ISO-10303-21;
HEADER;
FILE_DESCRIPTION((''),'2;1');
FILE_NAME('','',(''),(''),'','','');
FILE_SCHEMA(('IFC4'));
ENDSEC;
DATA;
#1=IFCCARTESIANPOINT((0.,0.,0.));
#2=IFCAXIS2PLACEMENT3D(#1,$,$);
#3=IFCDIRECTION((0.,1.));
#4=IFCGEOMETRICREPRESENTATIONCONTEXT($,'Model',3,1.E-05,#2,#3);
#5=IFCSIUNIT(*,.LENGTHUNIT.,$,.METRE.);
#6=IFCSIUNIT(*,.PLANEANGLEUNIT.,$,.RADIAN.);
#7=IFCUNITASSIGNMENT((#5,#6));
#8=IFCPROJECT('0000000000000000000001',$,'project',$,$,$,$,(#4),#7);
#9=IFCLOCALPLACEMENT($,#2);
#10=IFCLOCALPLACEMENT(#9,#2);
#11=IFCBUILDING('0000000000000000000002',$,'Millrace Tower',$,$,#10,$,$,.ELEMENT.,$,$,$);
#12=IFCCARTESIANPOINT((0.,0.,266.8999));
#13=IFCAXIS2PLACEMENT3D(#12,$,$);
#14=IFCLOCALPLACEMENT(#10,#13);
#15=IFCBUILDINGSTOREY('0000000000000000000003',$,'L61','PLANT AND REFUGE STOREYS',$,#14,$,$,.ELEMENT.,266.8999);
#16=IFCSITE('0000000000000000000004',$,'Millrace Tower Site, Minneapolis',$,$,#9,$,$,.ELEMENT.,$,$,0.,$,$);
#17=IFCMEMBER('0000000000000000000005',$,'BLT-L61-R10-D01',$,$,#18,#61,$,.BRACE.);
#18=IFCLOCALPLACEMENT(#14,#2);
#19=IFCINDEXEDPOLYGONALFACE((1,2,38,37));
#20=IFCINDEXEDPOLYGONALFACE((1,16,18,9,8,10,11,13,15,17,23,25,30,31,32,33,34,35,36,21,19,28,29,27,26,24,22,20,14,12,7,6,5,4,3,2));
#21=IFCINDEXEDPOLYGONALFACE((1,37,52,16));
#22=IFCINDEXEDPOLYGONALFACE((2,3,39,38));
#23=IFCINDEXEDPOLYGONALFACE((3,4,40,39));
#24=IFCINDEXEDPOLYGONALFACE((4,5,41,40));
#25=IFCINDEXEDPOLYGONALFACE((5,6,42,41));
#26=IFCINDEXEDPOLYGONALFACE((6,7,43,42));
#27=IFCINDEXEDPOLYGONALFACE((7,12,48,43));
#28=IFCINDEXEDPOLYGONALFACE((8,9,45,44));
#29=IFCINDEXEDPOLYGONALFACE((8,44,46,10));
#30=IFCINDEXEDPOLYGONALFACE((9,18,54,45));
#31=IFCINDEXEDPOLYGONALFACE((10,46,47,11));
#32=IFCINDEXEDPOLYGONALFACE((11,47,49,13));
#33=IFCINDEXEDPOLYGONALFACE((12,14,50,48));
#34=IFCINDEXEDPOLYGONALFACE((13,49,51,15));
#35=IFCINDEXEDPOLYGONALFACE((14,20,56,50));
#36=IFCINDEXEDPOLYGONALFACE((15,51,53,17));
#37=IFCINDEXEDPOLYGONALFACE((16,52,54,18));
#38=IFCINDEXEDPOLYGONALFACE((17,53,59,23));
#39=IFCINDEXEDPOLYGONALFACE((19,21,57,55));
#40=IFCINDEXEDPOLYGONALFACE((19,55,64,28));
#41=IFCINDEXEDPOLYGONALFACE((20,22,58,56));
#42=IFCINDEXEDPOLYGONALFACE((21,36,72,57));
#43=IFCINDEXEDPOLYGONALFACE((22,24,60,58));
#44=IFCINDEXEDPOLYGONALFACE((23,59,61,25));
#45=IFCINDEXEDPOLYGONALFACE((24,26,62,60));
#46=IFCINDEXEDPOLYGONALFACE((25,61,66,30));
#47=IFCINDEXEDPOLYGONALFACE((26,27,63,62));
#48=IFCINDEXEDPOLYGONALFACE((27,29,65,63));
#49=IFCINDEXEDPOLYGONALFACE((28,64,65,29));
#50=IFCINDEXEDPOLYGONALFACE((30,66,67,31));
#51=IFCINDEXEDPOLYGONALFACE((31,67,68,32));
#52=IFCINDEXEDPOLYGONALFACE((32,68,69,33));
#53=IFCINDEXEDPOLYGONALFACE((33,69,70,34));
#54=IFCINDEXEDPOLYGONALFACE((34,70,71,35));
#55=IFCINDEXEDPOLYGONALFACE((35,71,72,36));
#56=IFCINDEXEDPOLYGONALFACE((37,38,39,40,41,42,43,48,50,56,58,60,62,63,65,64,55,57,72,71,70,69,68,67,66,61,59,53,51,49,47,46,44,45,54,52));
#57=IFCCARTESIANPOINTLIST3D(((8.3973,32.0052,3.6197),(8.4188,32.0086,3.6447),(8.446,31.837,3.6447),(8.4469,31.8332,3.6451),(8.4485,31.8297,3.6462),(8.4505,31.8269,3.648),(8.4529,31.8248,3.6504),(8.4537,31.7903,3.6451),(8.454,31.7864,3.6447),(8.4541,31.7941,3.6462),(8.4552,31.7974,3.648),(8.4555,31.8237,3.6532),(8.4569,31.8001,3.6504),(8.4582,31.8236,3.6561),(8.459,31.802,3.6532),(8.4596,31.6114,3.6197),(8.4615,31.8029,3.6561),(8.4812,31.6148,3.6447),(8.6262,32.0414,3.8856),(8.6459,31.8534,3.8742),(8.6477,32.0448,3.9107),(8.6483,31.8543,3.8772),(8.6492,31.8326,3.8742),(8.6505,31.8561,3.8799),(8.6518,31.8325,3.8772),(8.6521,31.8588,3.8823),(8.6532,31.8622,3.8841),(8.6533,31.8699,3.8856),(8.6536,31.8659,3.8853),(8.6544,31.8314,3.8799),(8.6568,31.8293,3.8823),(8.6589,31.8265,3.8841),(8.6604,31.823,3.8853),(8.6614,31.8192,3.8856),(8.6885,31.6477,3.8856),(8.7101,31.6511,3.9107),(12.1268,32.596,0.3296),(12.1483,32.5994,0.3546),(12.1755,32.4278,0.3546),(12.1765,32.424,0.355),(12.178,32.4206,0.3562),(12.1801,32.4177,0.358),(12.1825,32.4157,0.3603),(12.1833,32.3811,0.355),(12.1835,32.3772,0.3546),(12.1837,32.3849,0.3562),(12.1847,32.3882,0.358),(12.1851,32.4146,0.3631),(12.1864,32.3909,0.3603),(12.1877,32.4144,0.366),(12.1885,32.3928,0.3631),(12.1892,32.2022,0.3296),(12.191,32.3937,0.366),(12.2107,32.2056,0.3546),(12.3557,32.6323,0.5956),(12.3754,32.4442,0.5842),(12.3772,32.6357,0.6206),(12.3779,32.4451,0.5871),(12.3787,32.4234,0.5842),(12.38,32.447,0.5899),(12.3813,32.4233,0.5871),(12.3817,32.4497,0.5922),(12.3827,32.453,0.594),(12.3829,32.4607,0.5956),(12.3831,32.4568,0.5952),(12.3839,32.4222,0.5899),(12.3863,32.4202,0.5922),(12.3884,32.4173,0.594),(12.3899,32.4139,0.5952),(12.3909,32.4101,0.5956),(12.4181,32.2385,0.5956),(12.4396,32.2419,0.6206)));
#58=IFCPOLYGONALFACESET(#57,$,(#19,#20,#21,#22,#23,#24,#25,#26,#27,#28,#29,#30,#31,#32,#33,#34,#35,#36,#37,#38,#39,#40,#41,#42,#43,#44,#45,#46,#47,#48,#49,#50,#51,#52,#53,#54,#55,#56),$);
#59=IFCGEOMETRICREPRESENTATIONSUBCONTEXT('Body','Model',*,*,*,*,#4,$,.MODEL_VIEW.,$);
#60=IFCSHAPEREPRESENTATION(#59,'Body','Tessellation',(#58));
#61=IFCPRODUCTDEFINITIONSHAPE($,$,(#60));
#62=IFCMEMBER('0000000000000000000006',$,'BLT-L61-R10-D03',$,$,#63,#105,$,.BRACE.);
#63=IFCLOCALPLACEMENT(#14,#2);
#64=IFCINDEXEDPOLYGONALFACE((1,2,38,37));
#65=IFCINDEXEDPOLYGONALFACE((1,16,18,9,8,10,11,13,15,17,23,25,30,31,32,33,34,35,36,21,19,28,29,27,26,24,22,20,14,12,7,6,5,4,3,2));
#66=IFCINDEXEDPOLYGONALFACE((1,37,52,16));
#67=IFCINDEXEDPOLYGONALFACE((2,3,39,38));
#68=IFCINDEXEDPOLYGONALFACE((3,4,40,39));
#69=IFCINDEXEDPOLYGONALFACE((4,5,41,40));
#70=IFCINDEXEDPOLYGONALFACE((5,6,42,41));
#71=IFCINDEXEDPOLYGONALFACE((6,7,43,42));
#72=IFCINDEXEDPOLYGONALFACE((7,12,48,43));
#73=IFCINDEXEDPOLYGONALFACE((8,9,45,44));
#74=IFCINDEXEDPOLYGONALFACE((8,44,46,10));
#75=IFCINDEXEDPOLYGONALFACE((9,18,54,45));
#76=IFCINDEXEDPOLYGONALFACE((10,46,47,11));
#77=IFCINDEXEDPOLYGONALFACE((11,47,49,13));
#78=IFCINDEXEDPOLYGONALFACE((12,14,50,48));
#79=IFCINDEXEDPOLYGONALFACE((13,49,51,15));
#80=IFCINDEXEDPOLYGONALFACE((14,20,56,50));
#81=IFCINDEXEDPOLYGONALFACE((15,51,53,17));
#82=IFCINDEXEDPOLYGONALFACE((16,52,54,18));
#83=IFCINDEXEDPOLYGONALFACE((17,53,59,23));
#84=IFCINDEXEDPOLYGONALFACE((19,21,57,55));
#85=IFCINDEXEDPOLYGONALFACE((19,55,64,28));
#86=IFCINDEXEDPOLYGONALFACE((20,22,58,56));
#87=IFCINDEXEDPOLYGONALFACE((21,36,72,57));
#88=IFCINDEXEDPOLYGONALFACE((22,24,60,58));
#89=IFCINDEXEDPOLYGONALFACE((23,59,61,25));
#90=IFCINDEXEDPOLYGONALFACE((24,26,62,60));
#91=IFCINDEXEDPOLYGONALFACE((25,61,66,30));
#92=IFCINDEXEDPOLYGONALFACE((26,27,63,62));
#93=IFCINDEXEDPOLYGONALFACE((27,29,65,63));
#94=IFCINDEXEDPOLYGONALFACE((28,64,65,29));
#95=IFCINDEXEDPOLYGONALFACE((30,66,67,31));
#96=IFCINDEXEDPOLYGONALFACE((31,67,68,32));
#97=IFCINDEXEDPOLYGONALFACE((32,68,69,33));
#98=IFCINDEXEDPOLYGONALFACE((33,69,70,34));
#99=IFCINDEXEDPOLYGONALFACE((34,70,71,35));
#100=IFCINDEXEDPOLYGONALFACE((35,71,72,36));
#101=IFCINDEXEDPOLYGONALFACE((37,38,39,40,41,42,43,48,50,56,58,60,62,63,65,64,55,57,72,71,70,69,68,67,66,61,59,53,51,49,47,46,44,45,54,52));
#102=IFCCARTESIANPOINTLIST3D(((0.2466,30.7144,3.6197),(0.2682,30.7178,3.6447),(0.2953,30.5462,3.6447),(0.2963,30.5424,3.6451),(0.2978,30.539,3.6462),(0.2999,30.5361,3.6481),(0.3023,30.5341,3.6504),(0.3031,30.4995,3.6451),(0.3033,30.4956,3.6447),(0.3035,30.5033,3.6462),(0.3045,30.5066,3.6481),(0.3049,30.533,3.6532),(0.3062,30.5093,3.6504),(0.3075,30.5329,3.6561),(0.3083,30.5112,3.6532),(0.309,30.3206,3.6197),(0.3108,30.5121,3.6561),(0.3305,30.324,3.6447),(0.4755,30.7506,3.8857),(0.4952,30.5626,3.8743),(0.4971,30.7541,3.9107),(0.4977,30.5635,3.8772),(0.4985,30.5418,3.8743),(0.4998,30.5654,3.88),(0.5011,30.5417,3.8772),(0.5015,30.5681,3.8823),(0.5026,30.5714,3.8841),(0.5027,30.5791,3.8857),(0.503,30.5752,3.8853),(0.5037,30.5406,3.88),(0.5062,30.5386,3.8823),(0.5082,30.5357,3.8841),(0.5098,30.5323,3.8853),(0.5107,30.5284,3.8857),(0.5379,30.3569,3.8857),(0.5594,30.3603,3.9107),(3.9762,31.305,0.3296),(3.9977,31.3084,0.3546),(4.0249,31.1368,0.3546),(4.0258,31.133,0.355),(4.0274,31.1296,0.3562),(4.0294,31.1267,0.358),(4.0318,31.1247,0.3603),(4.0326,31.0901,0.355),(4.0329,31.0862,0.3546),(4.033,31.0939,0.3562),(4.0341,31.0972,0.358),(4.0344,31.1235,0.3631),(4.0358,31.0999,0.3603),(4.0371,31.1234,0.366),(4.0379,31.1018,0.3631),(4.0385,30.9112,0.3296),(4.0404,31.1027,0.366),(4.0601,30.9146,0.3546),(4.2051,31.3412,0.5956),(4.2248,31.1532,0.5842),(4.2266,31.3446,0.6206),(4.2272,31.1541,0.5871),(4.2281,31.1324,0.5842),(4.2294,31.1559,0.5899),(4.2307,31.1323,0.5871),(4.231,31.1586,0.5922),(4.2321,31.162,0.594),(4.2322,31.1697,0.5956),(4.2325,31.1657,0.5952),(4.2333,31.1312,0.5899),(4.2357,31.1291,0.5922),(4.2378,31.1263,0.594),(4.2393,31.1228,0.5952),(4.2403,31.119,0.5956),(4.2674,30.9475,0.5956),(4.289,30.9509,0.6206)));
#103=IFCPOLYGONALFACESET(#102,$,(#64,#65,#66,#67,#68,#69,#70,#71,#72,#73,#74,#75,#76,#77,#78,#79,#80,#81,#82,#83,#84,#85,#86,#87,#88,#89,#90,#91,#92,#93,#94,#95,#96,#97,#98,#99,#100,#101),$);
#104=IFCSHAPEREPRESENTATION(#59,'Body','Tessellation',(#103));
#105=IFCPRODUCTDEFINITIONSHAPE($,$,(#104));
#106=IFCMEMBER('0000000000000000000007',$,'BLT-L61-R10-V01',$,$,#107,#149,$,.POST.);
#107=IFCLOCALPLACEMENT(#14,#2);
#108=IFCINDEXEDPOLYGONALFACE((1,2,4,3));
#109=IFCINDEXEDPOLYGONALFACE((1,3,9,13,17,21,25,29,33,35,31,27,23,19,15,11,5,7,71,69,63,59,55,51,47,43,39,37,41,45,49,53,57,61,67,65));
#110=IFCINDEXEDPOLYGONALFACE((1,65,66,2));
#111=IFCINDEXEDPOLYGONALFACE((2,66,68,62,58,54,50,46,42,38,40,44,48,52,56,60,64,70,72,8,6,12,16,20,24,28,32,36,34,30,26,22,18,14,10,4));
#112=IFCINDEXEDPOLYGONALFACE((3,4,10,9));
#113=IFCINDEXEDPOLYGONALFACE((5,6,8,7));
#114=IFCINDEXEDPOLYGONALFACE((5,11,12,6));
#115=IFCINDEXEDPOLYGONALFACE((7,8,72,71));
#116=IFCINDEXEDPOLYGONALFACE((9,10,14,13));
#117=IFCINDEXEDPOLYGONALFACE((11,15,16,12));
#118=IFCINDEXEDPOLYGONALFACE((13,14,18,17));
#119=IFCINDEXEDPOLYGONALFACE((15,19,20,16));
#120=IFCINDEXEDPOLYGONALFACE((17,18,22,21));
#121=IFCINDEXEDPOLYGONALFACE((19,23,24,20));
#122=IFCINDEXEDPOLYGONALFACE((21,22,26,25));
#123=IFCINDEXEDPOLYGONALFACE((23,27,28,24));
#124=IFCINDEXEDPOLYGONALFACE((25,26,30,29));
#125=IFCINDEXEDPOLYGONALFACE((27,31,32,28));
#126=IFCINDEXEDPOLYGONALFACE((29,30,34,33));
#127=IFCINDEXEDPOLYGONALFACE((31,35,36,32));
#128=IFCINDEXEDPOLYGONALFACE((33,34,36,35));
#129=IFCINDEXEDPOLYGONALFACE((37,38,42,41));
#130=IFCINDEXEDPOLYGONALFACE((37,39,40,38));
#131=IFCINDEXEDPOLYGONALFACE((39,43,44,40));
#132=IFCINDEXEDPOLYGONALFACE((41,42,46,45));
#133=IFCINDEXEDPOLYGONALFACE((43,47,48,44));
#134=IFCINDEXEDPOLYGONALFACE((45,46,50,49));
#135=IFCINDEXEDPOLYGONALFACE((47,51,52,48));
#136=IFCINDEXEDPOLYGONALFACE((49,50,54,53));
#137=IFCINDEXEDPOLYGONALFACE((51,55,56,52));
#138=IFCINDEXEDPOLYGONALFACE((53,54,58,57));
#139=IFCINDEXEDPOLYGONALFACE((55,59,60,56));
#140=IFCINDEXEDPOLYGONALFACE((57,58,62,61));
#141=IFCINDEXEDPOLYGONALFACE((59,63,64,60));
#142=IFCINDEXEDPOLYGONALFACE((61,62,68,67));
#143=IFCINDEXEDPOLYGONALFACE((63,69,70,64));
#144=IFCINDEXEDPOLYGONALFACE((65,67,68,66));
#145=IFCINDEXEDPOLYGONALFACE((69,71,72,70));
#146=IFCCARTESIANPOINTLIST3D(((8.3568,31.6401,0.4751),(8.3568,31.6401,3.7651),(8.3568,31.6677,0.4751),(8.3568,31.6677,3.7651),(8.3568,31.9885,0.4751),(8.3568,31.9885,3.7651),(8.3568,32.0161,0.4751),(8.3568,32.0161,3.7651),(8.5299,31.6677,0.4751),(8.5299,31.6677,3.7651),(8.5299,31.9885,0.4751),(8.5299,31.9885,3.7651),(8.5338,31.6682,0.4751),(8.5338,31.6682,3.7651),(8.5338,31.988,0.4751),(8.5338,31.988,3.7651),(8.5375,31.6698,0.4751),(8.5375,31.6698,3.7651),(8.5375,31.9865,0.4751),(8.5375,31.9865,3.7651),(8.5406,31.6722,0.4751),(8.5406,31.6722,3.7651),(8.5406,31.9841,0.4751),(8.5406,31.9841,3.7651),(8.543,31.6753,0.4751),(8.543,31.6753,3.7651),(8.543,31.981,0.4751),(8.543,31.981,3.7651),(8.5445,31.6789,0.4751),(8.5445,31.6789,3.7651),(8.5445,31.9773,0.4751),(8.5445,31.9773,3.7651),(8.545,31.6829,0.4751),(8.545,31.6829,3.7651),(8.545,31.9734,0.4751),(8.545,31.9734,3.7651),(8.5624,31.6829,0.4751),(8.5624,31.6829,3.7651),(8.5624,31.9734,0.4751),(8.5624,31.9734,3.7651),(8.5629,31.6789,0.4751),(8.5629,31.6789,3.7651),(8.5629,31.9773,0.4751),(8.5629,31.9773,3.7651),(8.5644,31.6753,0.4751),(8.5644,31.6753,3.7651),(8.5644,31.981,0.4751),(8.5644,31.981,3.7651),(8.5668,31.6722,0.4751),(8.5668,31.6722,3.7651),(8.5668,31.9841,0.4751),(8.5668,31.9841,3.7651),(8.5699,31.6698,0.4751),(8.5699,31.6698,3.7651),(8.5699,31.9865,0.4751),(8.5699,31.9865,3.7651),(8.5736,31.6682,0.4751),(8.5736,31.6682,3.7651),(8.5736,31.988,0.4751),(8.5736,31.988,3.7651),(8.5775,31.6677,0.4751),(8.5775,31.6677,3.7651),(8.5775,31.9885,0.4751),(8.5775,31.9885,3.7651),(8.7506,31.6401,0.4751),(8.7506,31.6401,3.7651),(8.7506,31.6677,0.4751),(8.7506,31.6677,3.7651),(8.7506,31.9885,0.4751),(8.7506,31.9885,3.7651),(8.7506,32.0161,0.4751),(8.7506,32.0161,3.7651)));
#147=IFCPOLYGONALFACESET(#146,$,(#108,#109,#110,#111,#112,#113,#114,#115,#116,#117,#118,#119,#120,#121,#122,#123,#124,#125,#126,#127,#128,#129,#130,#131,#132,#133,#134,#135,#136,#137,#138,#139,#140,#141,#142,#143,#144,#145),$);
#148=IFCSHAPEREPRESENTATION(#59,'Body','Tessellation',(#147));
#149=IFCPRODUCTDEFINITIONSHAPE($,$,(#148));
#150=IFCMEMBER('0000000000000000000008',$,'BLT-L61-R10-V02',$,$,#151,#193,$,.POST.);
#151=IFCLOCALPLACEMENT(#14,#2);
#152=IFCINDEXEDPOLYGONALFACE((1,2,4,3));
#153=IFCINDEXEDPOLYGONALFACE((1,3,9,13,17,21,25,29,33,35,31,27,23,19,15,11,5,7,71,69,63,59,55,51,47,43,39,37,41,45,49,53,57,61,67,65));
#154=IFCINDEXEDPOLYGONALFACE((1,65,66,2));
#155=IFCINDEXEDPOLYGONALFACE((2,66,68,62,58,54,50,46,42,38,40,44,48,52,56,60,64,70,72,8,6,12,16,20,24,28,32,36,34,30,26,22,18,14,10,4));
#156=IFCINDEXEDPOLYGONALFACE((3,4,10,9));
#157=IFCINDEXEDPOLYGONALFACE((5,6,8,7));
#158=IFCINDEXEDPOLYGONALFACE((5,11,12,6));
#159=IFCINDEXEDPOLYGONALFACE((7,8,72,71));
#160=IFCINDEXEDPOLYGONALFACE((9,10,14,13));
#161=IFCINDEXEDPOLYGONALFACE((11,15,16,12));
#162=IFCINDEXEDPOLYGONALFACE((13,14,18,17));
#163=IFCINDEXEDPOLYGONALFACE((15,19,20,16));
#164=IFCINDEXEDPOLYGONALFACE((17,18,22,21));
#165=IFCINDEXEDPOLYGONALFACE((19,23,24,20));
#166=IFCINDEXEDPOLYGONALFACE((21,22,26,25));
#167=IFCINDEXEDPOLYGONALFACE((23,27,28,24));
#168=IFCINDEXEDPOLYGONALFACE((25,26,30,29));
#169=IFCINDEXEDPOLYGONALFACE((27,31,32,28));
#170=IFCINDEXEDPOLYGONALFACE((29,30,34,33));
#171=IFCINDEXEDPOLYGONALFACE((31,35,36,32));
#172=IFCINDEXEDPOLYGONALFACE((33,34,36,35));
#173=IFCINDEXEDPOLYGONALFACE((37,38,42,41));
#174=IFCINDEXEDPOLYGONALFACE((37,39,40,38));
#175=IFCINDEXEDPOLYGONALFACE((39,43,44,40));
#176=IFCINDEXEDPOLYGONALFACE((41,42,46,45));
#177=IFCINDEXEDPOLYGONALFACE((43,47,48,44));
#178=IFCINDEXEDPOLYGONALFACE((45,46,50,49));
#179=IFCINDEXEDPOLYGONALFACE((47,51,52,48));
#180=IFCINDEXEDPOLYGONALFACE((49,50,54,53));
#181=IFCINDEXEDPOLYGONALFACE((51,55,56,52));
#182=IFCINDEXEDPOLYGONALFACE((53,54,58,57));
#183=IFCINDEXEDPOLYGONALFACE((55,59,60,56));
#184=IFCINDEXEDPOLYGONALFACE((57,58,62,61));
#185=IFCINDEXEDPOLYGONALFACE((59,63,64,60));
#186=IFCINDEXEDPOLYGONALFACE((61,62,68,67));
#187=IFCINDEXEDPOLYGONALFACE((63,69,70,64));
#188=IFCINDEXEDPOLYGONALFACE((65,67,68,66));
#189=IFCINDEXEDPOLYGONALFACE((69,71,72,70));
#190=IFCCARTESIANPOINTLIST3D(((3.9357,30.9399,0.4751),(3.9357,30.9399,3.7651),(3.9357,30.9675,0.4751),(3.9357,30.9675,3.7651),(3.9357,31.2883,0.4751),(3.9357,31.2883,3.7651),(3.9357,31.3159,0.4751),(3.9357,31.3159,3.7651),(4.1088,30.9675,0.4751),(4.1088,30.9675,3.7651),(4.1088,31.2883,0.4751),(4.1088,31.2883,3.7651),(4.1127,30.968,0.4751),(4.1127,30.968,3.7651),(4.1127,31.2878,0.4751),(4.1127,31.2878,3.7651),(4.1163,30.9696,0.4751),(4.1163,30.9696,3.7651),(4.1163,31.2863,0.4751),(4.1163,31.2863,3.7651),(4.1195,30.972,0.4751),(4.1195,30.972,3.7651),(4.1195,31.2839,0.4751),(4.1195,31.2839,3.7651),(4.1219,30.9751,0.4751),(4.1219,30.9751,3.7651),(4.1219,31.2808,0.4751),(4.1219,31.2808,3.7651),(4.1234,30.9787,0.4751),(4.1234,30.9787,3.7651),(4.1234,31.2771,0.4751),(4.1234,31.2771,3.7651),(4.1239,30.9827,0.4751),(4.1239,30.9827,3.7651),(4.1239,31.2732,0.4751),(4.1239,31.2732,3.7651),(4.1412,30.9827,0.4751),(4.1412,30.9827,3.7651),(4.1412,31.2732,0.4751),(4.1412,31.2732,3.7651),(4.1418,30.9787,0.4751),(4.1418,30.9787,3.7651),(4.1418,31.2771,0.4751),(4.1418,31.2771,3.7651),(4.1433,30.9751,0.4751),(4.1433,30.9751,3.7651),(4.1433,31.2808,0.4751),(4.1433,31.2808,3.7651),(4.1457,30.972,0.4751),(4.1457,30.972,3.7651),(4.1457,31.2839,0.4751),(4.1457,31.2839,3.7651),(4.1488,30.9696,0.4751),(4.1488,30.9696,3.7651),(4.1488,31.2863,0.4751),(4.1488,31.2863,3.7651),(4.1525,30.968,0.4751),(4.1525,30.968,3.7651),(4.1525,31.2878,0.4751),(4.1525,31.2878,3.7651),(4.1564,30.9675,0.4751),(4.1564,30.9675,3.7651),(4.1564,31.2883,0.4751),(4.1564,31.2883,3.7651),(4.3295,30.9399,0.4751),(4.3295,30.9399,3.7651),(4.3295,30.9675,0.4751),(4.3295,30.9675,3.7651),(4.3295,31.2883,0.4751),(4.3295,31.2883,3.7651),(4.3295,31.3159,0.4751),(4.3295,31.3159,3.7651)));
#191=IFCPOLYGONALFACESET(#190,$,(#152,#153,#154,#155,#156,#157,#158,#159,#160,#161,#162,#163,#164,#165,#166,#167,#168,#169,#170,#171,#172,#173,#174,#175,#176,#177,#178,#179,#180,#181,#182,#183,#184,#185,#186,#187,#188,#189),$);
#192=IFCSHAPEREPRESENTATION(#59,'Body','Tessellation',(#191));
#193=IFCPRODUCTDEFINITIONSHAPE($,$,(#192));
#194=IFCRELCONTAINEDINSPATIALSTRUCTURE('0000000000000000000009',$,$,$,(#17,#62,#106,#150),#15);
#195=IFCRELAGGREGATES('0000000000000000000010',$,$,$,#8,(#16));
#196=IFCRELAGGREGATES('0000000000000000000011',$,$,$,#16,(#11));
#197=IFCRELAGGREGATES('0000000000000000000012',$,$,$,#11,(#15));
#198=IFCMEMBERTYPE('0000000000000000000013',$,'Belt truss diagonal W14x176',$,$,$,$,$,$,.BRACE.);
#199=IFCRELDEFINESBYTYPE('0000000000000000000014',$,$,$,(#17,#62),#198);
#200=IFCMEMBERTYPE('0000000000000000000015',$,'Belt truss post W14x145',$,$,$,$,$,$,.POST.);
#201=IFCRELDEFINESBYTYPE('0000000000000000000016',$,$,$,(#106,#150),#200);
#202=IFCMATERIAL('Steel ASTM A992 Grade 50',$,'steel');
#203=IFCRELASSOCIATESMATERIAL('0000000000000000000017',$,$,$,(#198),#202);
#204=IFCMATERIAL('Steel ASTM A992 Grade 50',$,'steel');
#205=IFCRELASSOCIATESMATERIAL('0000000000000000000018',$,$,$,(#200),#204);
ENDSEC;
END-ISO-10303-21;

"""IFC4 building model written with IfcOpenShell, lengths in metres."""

from ifc_helpers import new_model, si_unit, direction, frame, origin, origin_2d, place, context, subcontext, project, spatial, i_section, extrude, material, material_profile, profile_set, type_object, element, save


model = new_model("IFC4")

# Units and contexts
model_context = context("Model", 3, precision=1e-05, world=origin(), true_north=direction((0.0, 1.0)))
body_context = subcontext(model_context, "Body", "Model", "MODEL_VIEW")
ifc_project = project(units=[si_unit("LENGTHUNIT", "METRE"), si_unit("PLANEANGLEUNIT", "RADIAN")], contexts=[model_context])

# Site, building, storey
site_placement = place(None, origin())
site = spatial("IfcSite", under=ifc_project, at=site_placement, Name="Millrace Tower Site, Minneapolis", CompositionType="ELEMENT", RefElevation=0.0)
building_placement = place(site_placement, origin())
building = spatial("IfcBuilding", under=site, at=building_placement, Name="Millrace Tower", CompositionType="ELEMENT")
storey_placement = place(building_placement, frame((0.0, 0.0, 266.8999)))
storey = spatial("IfcBuildingStorey", under=building, at=storey_placement, Name="L61", Description="PLANT AND REFUGE STOREYS", CompositionType="ELEMENT", Elevation=266.8999)

# Members
ifc_material_1 = material(Name="Steel ASTM A992 Grade 50", Category="steel")
ifc_material_profile_1 = material_profile(ifc_material_1, i_section(OverallWidth=0.3987, OverallDepth=0.386, WebThickness=0.021, FlangeThickness=0.0332, FilletRadius=0.0151, at=origin_2d()))
ifc_profile_set_1 = profile_set([ifc_material_profile_1], Name="Steel ASTM A992 Grade 50")
member_type_1 = type_object("IfcMemberType", Name="Belt truss diagonal W14x176", PredefinedType="BRACE", material=ifc_profile_set_1)
for number, where, z_axis, x_axis, name in (
    (1, (12.2832, 32.4189, 0.4751), (-0.74467, -0.117969, 0.656924), (0.156467, -0.987683, 0.0), "BLT-L61-R10-D01"),
    (2, (4.1326, 31.1279, 0.4751), (-0.744674, -0.117921, 0.656928), (0.156404, -0.987693, 0.0), "BLT-L61-R10-D03"),
):
    element("IfcMember", number, at=place(storey_placement, frame(where, z_axis=z_axis, x_axis=x_axis)), inside=storey, type_object=member_type_1, Name=name, PredefinedType="BRACE", context=body_context, shape_type="SweptSolid", body=[
        extrude(i_section(OverallWidth=0.3987, OverallDepth=0.386, WebThickness=0.021, FlangeThickness=0.0332, FilletRadius=0.0151, at=origin_2d()), origin(), (0.0, 0.0, 1.0), 5.0083),
    ])
ifc_material_2 = material(Name="Steel ASTM A992 Grade 50", Category="steel")
ifc_material_profile_2 = material_profile(ifc_material_2, i_section(OverallWidth=0.3938, OverallDepth=0.376, WebThickness=0.0173, FlangeThickness=0.0276, FilletRadius=0.0151, at=origin_2d()))
ifc_profile_set_2 = profile_set([ifc_material_profile_2], Name="Steel ASTM A992 Grade 50")
member_type_2 = type_object("IfcMemberType", Name="Belt truss post W14x145", PredefinedType="POST", material=ifc_profile_set_2)
for number, where, z_axis, x_axis, name in (
    (3, (8.5537, 31.8281, 0.4751), (0.0, 0.0, 1.0), (1.0, 0.0, 0.0), "BLT-L61-R10-V01"),
    (4, (4.1326, 31.1279, 0.4751), (0.0, 0.0, 1.0), (1.0, 0.0, 0.0), "BLT-L61-R10-V02"),
):
    element("IfcMember", number, at=place(storey_placement, frame(where, z_axis=z_axis, x_axis=x_axis)), inside=storey, type_object=member_type_2, Name=name, PredefinedType="POST", context=body_context, shape_type="SweptSolid", body=[
        extrude(i_section(OverallWidth=0.3938, OverallDepth=0.376, WebThickness=0.0173, FlangeThickness=0.0276, FilletRadius=0.0151, at=origin_2d()), origin(), (0.0, 0.0, 1.0), 3.29),
    ])

save(model, "model.ifc")
